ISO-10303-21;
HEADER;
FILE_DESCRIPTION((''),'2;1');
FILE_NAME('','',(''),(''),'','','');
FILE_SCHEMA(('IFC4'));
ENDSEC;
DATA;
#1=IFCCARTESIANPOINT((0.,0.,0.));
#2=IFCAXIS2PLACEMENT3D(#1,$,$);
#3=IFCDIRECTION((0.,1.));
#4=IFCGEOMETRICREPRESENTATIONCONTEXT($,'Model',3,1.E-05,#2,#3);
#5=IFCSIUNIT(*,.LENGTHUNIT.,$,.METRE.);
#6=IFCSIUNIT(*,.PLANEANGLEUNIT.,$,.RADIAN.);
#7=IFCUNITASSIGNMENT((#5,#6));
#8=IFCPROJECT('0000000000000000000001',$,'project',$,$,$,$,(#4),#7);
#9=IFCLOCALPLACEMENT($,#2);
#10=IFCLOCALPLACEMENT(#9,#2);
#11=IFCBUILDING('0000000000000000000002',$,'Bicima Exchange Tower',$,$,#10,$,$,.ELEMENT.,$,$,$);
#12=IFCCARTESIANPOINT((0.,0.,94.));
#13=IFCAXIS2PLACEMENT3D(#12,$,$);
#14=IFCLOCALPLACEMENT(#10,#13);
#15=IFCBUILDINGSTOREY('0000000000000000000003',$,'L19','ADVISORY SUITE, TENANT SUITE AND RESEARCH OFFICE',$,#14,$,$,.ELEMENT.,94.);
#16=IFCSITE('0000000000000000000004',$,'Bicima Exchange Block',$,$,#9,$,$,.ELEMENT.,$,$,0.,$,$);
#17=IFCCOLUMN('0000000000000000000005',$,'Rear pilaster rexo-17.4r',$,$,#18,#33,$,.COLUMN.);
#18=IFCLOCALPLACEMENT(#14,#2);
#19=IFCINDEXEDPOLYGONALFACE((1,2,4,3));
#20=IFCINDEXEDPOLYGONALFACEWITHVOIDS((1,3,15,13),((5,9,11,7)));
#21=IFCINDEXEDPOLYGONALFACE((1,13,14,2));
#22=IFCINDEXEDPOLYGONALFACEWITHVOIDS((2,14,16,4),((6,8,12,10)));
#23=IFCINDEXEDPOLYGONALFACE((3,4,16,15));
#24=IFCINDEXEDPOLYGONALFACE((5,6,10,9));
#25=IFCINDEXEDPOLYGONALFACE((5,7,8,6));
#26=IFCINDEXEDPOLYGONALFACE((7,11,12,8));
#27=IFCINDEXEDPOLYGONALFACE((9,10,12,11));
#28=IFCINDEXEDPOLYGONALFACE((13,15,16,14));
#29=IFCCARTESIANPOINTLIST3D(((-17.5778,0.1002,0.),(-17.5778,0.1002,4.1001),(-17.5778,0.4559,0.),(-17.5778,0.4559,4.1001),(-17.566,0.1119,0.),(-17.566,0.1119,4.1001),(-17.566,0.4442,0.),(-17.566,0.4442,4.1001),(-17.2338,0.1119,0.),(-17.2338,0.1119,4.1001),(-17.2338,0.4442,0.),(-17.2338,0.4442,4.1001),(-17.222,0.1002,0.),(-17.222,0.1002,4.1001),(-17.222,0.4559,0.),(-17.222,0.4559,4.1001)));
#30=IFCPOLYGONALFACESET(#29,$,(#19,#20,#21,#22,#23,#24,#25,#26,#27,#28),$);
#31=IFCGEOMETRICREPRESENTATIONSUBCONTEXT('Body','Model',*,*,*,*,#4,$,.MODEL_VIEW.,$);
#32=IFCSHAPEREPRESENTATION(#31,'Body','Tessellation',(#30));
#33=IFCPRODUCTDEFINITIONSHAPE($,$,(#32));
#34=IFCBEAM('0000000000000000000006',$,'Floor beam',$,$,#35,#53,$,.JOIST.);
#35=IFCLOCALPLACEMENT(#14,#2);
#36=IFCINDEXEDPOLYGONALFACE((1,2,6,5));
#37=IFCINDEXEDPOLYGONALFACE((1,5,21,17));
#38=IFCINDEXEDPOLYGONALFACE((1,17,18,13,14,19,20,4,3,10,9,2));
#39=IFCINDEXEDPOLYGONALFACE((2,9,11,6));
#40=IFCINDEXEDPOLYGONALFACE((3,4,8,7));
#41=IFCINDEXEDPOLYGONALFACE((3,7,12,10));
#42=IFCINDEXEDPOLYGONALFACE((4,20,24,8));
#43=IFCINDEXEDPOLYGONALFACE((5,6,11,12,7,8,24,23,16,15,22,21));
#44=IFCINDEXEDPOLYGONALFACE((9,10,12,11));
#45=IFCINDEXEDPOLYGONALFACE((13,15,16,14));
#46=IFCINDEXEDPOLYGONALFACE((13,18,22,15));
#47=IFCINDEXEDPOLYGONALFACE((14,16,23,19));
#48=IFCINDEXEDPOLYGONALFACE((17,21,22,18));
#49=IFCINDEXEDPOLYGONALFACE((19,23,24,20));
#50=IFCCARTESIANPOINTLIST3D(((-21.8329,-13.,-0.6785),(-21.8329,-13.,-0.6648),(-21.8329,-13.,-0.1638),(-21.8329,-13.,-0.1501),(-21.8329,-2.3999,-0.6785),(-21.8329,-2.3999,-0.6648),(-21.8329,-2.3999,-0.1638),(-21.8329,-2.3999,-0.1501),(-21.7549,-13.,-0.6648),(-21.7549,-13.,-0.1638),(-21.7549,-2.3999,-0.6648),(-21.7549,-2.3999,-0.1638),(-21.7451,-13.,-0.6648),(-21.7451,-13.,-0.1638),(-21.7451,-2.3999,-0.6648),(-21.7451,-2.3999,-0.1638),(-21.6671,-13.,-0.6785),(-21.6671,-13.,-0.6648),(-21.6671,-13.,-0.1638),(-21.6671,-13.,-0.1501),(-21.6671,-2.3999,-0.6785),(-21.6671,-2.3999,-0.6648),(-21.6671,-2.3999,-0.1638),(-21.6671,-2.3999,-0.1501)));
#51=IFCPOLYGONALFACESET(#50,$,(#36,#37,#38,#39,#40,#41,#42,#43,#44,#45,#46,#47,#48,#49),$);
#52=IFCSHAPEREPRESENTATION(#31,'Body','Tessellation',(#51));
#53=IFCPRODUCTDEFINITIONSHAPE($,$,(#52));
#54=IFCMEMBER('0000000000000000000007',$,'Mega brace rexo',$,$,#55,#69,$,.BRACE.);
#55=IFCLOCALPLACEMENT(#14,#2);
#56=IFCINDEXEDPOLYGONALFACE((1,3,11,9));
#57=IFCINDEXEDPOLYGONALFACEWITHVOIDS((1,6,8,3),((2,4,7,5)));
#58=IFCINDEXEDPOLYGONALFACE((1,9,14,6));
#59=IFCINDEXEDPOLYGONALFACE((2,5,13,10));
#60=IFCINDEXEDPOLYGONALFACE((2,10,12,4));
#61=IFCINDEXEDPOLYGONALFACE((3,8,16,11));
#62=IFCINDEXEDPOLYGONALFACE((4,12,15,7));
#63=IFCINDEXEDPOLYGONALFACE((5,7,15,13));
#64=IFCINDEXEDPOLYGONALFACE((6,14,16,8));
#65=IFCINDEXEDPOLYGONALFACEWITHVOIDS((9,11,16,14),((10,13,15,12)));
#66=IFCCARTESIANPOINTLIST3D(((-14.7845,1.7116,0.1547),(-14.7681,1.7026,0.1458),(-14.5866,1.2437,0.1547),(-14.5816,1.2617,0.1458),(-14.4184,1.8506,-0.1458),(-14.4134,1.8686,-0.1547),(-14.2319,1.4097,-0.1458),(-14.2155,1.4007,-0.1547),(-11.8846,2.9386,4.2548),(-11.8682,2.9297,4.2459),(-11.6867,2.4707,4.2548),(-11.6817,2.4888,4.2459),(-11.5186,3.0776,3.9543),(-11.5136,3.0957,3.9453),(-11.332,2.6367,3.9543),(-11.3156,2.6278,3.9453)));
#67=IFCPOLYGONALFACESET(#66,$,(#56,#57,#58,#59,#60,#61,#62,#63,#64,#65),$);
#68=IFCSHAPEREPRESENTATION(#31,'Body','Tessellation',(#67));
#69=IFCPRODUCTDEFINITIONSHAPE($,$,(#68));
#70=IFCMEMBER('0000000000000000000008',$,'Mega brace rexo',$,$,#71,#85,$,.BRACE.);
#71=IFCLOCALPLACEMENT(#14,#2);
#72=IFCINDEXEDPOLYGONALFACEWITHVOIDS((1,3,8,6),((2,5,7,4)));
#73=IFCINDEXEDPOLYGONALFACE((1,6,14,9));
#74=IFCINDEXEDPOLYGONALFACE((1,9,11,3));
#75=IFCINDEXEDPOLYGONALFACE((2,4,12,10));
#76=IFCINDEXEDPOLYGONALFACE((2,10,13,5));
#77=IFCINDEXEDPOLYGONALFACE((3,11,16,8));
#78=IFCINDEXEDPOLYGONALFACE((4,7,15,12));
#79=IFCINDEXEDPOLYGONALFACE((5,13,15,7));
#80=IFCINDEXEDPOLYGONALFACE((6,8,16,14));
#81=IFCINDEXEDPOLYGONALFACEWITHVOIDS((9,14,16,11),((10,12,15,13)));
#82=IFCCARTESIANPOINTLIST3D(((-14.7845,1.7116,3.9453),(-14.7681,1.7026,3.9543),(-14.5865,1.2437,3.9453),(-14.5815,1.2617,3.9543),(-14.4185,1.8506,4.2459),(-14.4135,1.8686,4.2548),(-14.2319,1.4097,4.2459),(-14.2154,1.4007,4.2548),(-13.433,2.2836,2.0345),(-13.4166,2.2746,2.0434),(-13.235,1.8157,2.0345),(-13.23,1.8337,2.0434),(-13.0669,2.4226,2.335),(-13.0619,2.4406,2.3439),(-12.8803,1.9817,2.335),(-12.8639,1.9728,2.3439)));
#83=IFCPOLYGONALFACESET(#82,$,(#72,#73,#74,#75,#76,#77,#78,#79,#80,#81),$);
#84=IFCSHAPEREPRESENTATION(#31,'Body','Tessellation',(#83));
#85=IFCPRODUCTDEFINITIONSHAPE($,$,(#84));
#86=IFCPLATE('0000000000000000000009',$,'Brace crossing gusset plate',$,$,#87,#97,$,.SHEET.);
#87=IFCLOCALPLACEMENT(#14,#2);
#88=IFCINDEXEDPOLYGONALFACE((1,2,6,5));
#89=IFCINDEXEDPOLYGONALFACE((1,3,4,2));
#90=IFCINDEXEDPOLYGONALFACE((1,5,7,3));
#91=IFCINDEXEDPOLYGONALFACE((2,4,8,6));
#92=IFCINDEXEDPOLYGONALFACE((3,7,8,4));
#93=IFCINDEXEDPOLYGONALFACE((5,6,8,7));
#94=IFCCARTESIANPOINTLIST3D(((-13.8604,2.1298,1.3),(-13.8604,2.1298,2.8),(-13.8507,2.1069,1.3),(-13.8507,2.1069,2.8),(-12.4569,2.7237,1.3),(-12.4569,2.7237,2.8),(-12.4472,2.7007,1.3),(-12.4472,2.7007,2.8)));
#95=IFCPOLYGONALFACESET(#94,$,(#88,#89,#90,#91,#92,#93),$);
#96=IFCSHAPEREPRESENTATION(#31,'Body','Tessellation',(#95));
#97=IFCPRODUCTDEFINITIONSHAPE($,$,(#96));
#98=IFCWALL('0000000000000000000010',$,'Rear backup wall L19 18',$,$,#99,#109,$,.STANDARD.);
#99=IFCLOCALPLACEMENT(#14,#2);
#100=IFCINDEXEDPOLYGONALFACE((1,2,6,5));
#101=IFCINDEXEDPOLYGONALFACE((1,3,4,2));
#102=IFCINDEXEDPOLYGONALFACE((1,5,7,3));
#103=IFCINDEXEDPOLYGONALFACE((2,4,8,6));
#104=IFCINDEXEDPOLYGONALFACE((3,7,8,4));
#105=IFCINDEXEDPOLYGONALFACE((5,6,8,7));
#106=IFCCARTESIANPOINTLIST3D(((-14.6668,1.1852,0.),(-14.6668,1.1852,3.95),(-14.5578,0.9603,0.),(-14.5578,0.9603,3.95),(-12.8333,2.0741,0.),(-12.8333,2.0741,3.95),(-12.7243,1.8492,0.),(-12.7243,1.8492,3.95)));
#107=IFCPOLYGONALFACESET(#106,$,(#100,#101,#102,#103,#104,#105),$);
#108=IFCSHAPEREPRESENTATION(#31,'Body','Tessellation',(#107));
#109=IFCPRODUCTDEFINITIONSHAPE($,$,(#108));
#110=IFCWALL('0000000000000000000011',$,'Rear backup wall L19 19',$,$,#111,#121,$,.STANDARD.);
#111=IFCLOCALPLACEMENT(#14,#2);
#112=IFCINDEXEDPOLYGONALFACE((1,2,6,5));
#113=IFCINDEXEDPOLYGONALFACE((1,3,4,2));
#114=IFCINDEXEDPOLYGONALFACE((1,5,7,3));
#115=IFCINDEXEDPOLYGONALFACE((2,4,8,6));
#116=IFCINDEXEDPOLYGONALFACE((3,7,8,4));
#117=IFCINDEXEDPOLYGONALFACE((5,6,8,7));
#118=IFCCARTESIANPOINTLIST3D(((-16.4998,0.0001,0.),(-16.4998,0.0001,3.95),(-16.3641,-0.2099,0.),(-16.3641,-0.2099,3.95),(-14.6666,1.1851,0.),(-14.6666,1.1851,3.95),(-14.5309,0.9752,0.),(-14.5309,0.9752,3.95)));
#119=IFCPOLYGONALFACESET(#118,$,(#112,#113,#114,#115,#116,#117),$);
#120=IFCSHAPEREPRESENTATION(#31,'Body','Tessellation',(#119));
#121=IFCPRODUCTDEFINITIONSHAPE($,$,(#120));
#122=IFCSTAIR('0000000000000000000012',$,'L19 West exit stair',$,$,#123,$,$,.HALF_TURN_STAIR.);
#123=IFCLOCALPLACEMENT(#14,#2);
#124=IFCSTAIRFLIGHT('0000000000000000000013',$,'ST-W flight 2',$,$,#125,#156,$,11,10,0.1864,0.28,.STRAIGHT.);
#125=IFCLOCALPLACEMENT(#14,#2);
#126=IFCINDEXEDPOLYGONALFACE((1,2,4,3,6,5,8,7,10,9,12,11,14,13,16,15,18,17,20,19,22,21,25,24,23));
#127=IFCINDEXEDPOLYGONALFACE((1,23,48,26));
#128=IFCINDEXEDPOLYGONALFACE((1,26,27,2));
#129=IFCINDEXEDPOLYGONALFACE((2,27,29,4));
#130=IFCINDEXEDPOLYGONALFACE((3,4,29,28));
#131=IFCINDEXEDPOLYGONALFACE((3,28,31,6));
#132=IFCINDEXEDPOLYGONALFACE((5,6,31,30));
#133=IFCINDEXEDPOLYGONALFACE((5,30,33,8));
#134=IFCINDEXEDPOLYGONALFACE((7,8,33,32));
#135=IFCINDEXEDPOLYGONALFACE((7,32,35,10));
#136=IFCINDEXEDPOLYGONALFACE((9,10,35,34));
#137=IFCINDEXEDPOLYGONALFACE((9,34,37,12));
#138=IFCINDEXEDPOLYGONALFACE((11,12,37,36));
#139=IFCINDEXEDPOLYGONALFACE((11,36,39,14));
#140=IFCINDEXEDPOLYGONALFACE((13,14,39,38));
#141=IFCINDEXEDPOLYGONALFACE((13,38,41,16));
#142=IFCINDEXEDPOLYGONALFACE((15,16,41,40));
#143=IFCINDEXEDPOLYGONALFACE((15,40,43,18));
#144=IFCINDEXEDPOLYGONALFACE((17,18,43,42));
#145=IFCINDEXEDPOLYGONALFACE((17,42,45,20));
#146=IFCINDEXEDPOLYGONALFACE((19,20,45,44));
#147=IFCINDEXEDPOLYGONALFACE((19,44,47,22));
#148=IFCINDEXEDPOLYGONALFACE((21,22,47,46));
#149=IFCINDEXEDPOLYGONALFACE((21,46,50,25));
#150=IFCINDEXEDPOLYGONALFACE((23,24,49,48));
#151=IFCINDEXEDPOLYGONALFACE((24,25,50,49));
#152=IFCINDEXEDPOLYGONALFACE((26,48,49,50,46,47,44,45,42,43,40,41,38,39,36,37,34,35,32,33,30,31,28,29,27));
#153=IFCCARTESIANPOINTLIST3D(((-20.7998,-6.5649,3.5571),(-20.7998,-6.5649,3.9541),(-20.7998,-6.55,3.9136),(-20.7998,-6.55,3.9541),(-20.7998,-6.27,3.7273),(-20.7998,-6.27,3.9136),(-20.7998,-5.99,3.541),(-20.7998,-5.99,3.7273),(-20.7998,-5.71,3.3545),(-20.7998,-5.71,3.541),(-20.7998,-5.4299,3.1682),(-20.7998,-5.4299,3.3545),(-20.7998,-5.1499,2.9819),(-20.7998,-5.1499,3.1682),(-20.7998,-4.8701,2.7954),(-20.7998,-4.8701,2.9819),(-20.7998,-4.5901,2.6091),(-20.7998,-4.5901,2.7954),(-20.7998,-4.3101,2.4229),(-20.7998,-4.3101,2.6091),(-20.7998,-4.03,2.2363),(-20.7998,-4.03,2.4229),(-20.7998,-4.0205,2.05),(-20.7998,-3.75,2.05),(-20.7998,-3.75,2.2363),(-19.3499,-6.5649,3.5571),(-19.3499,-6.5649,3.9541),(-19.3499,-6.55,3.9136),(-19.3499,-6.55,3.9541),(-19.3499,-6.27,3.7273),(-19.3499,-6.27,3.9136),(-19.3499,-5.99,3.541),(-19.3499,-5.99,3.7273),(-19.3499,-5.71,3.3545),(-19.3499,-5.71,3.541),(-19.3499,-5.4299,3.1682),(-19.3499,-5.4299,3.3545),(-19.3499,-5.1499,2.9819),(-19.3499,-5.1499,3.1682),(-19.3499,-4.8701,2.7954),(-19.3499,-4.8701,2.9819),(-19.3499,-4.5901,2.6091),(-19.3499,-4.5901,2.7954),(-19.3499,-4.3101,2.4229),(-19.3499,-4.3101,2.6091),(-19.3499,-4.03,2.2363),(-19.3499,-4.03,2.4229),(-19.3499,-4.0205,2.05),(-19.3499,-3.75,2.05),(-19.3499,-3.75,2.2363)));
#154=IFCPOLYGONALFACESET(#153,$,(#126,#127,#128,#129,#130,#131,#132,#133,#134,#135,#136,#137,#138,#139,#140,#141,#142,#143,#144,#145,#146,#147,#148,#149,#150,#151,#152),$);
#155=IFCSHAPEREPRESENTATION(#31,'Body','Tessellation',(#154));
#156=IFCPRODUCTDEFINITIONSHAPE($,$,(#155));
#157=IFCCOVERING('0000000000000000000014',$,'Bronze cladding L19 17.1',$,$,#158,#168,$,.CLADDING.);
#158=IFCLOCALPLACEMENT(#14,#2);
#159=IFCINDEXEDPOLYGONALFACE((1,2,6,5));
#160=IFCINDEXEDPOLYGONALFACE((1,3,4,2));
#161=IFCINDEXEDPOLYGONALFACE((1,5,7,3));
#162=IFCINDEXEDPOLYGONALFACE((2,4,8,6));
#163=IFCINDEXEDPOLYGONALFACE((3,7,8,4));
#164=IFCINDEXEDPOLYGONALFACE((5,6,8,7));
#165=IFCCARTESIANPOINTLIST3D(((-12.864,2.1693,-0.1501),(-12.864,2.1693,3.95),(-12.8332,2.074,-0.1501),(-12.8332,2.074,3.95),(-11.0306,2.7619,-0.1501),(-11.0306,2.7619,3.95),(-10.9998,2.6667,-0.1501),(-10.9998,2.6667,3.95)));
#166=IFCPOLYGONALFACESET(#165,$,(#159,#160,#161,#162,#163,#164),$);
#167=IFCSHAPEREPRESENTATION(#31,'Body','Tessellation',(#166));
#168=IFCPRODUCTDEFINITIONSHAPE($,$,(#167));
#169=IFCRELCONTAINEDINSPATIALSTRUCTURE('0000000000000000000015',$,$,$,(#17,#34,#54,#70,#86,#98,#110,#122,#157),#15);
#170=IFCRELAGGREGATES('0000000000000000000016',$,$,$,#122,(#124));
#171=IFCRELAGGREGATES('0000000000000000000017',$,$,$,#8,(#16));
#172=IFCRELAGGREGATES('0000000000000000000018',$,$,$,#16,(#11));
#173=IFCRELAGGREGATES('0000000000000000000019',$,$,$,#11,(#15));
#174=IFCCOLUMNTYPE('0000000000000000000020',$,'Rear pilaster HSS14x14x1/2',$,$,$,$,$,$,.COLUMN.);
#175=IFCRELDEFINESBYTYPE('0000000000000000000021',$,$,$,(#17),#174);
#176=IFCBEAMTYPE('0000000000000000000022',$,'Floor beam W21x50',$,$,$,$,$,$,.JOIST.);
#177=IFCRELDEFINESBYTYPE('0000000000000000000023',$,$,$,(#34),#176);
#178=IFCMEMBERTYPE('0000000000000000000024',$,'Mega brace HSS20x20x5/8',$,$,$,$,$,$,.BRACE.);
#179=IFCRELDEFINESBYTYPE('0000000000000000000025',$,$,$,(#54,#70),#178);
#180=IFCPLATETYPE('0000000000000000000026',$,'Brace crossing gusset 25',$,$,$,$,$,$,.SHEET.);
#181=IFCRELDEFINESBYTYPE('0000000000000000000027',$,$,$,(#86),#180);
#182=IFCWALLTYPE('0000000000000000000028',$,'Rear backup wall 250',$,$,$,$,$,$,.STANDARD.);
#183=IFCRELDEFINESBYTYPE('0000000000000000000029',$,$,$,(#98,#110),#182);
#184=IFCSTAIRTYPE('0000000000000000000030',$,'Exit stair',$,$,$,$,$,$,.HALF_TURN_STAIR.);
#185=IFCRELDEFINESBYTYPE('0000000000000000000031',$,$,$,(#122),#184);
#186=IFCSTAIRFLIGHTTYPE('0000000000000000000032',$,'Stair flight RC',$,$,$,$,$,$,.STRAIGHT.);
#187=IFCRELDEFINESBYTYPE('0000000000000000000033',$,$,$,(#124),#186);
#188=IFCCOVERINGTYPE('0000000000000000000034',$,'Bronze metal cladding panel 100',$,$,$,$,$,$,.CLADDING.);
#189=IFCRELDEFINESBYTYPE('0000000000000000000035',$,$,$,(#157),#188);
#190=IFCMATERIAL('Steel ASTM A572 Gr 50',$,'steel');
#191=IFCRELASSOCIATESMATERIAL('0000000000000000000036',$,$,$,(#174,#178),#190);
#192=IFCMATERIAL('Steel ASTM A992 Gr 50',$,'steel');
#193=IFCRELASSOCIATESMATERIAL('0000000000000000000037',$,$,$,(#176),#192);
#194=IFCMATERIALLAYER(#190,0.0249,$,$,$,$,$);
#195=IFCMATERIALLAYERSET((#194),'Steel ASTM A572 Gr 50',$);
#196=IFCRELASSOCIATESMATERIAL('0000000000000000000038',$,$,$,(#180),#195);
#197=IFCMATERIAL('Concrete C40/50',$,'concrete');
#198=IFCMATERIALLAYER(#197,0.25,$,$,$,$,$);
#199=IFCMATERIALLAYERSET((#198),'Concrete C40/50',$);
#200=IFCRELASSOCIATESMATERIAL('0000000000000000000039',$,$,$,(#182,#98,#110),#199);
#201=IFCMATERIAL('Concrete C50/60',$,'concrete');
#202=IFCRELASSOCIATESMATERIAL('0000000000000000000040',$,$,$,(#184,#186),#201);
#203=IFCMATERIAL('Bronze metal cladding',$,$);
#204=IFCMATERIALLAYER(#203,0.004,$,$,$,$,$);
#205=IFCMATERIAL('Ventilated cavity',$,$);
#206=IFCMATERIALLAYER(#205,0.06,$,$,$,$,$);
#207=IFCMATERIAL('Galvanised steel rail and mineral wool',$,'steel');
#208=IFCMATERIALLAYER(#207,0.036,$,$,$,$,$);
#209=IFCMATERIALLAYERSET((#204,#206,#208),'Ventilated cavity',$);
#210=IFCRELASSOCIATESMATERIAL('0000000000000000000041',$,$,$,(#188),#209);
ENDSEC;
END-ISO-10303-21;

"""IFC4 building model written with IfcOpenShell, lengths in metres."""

from ifc_helpers import new_model, si_unit, direction, frame, frame_2d, origin, origin_2d, place, context, subcontext, project, spatial, polyline, rectangle, hollow_rectangle, i_section, outline, extrude, material, layer, layer_set, layer_usage, material_profile, profile_set, type_object, element, aggregate, save


model = new_model("IFC4")

# Units and contexts
model_context = context("Model", 3, precision=1e-05, world=origin(), true_north=direction((0.0, 1.0)))
body_context = subcontext(model_context, "Body", "Model", "MODEL_VIEW")
ifc_project = project(units=[si_unit("LENGTHUNIT", "METRE"), si_unit("PLANEANGLEUNIT", "RADIAN")], contexts=[model_context])

# Site, building, storey
site_placement = place(None, origin())
site = spatial("IfcSite", under=ifc_project, at=site_placement, Name="Bicima Exchange Block", CompositionType="ELEMENT", RefElevation=0.0)
building_placement = place(site_placement, origin())
building = spatial("IfcBuilding", under=site, at=building_placement, Name="Bicima Exchange Tower", CompositionType="ELEMENT")
storey_placement = place(building_placement, frame((0.0, 0.0, 94.0)))
storey = spatial("IfcBuildingStorey", under=building, at=storey_placement, Name="L19", Description="ADVISORY SUITE, TENANT SUITE AND RESEARCH OFFICE", CompositionType="ELEMENT", Elevation=94.0)

# Column
ifc_material_1 = material(Name="Steel ASTM A572 Gr 50", Category="steel")
ifc_material_profile_1 = material_profile(ifc_material_1, hollow_rectangle(XDim=0.3557, YDim=0.3557, WallThickness=0.0117, at=origin_2d()))
ifc_profile_set_1 = profile_set([ifc_material_profile_1], Name="Steel ASTM A572 Gr 50")
column_type = type_object("IfcColumnType", Name="Rear pilaster HSS14x14x1/2", PredefinedType="COLUMN", material=ifc_profile_set_1)
column_placement = place(storey_placement, frame((-17.3999, 0.2781, 0.0), z_axis=(0.0, 0.0, 1.0), x_axis=(1.0, 0.0, 0.0)))
element("IfcColumn", 1, at=column_placement, inside=storey, type_object=column_type, Name="Rear pilaster rexo-17.4r", PredefinedType="COLUMN", context=body_context, shape_type="SweptSolid", body=[
    extrude(hollow_rectangle(XDim=0.3557, YDim=0.3557, WallThickness=0.0117, at=origin_2d()), origin(), (0.0, 0.0, 1.0), 4.1001),
])

# Beam
ifc_material_2 = material(Name="Steel ASTM A992 Gr 50", Category="steel")
ifc_material_profile_2 = material_profile(ifc_material_2, i_section(OverallWidth=0.1658, OverallDepth=0.5283, WebThickness=0.0098, FlangeThickness=0.0137, at=origin_2d()))
ifc_profile_set_2 = profile_set([ifc_material_profile_2], Name="Steel ASTM A992 Gr 50")
beam_type = type_object("IfcBeamType", Name="Floor beam W21x50", PredefinedType="JOIST", material=ifc_profile_set_2)
beam_placement = place(storey_placement, frame((-21.75, -2.3999, -0.4143), z_axis=(0.0, -1.0, 0.0), x_axis=(1.0, 0.0, 0.0)))
element("IfcBeam", 2, at=beam_placement, inside=storey, type_object=beam_type, Name="Floor beam", PredefinedType="JOIST", context=body_context, shape_type="SweptSolid", body=[
    extrude(i_section(OverallWidth=0.1658, OverallDepth=0.5283, WebThickness=0.0098, FlangeThickness=0.0137, at=origin_2d()), origin(), (0.0, 0.0, 1.0), 10.6001),
])

# Members
ifc_material_profile_3 = material_profile(ifc_material_1, hollow_rectangle(XDim=0.5081, YDim=0.5081, WallThickness=0.0146, at=origin_2d()))
ifc_profile_set_3 = profile_set([ifc_material_profile_3], Name="Steel ASTM A572 Gr 50")
member_type = type_object("IfcMemberType", Name="Mega brace HSS20x20x5/8", PredefinedType="BRACE", material=ifc_profile_set_3)
member_1_placement = place(storey_placement, frame((-14.5, 1.5562, 0.0), z_axis=(0.560941, 0.237354, 0.7931), x_axis=(-0.389686, 0.920948, 0.0)))
element("IfcMember", 3, at=member_1_placement, inside=storey, type_object=member_type, Name="Mega brace rexo", PredefinedType="BRACE", context=body_context, shape_type="SweptSolid", body=[
    extrude(hollow_rectangle(XDim=0.5081, YDim=0.5081, WallThickness=0.0146, at=origin_2d()), origin(), (0.0, 0.0, 1.0), 5.1697),
])
member_2_placement = place(storey_placement, frame((-13.1484, 2.1282, 2.1892), z_axis=(-0.560943, -0.237408, 0.793082), x_axis=(0.389759, -0.920917, 0.0)))
element("IfcMember", 4, at=member_2_placement, inside=storey, type_object=member_type, Name="Mega brace rexo", PredefinedType="BRACE", context=body_context, shape_type="SweptSolid", body=[
    extrude(hollow_rectangle(XDim=0.5081, YDim=0.5081, WallThickness=0.0146, at=origin_2d()), origin(), (0.0, 0.0, 1.0), 2.4094),
])

# Plate
ifc_layer_1 = layer(ifc_material_1, 0.0249)
ifc_layer_set_1 = layer_set([ifc_layer_1], Name="Steel ASTM A572 Gr 50")
plate_type = type_object("IfcPlateType", Name="Brace crossing gusset 25", PredefinedType="SHEET", material=ifc_layer_set_1)
plate_placement = place(storey_placement, frame((-13.1538, 2.4153, 1.3), z_axis=(0.0, 0.0, 1.0), x_axis=(0.920946, 0.38969, 0.0)))
element("IfcPlate", 5, at=plate_placement, inside=storey, type_object=plate_type, Name="Brace crossing gusset plate", PredefinedType="SHEET", context=body_context, shape_type="SweptSolid", body=[
    extrude(rectangle(XDim=1.5239, YDim=0.0249, at=origin_2d()), origin(), (0.0, 0.0, 1.0), 1.5),
])

# Walls
ifc_material_3 = material(Name="Concrete C40/50", Category="concrete")
ifc_layer_2 = layer(ifc_material_3, 0.25)
ifc_layer_set_2 = layer_set([ifc_layer_2], Name="Concrete C40/50")
ifc_layer_usage = layer_usage(ifc_layer_set_2, "AXIS2", "POSITIVE", -0.125)
wall_type = type_object("IfcWallType", Name="Rear backup wall 250", PredefinedType="STANDARD", material=ifc_layer_set_2)
wall_1_placement = place(storey_placement, frame((-12.7788, 1.9617, 0.0), z_axis=(0.0, 0.0, 1.0), x_axis=(-0.899824, -0.436253, 0.0)))
element("IfcWall", 6, at=wall_1_placement, inside=storey, type_object=wall_type, material=ifc_layer_usage, Name="Rear backup wall L19 18", PredefinedType="STANDARD", context=body_context, shape_type="SweptSolid", body=[
    extrude(rectangle(XDim=2.0376, YDim=0.25, at=frame_2d((1.0188, 0.0))), origin(), (0.0, 0.0, 1.0), 3.95),
])
wall_2_placement = place(storey_placement, frame((-14.5989, 1.0801, 0.0), z_axis=(0.0, 0.0, 1.0), x_axis=(-0.839813, -0.542876, 0.0)))
element("IfcWall", 7, at=wall_2_placement, inside=storey, type_object=wall_type, material=ifc_layer_usage, Name="Rear backup wall L19 19", PredefinedType="STANDARD", context=body_context, shape_type="SweptSolid", body=[
    extrude(rectangle(XDim=2.1829, YDim=0.25, at=frame_2d((1.0913, 0.0))), origin(), (0.0, 0.0, 1.0), 3.95),
])

# Stair, stair flight
ifc_material_4 = material(Name="Concrete C50/60", Category="concrete")
stair_type = type_object("IfcStairType", Name="Exit stair", PredefinedType="HALF_TURN_STAIR", material=ifc_material_4)
stair_placement = place(storey_placement, origin())
stair = element("IfcStair", 8, at=stair_placement, inside=storey, type_object=stair_type, Name="L19 West exit stair", PredefinedType="HALF_TURN_STAIR")
stair_flight_type = type_object("IfcStairFlightType", Name="Stair flight RC", PredefinedType="STRAIGHT", material=ifc_material_4)
stair_flight_placement = place(storey_placement, frame((-20.075, -3.75, 2.05), z_axis=(0.0, 0.0, 1.0), x_axis=(0.0, -1.0, 0.0)))
stair_flight = element("IfcStairFlight", 9, at=stair_flight_placement, type_object=stair_flight_type, Name="ST-W flight 2", NumberOfRisers=11, NumberOfTreads=10, PredefinedType="STRAIGHT", RiserHeight=0.1864, TreadLength=0.28, context=body_context, shape_type="SweptSolid", body=[
    extrude(outline(polyline([(0.0, 0.0), (0.0, 0.1863), (0.28, 0.1863), (0.28, 0.3728), (0.5601, 0.3728), (0.5601, 0.5591), (0.8401, 0.5591), (0.8401, 0.7454), (1.1201, 0.7454), (1.1201, 0.9319), (1.3999, 0.9319), (1.3999, 1.1182), (1.6799, 1.1182), (1.6799, 1.3044), (1.96, 1.3044), (1.96, 1.491), (2.24, 1.491), (2.24, 1.6772), (2.52, 1.6772), (2.52, 1.8635), (2.8, 1.8635), (2.8, 1.9041), (2.8149, 1.9041), (2.8149, 1.5071), (0.2705, 0.0), (0.0, 0.0)])), frame((0.0, 0.7251, 0.0), z_axis=(0.0, -1.0, 0.0), x_axis=(1.0, 0.0, 0.0)), (0.0, 0.0, 1.0), 1.45),
])
aggregate(stair, [stair_flight])

# Covering
ifc_material_5 = material(Name="Bronze metal cladding")
ifc_layer_3 = layer(ifc_material_5, 0.004)
ifc_material_6 = material(Name="Ventilated cavity")
ifc_layer_4 = layer(ifc_material_6, 0.06)
ifc_material_7 = material(Name="Galvanised steel rail and mineral wool", Category="steel")
ifc_layer_5 = layer(ifc_material_7, 0.036)
ifc_layer_set_3 = layer_set([ifc_layer_3, ifc_layer_4, ifc_layer_5], Name="Ventilated cavity")
covering_type = type_object("IfcCoveringType", Name="Bronze metal cladding panel 100", PredefinedType="CLADDING", material=ifc_layer_set_3)
covering_1_placement = place(storey_placement, frame((-11.9319, 2.418, -0.1501), z_axis=(0.0, 0.0, 1.0), x_axis=(-0.951525, -0.307573, 0.0)))
element("IfcCovering", 10, at=covering_1_placement, inside=storey, type_object=covering_type, Name="Bronze cladding L19 17.1", PredefinedType="CLADDING", context=body_context, shape_type="SweptSolid", body=[
    extrude(rectangle(XDim=1.9268, YDim=0.1001, at=origin_2d()), origin(), (0.0, 0.0, 1.0), 4.1001),
])

save(model, "model.ifc")
